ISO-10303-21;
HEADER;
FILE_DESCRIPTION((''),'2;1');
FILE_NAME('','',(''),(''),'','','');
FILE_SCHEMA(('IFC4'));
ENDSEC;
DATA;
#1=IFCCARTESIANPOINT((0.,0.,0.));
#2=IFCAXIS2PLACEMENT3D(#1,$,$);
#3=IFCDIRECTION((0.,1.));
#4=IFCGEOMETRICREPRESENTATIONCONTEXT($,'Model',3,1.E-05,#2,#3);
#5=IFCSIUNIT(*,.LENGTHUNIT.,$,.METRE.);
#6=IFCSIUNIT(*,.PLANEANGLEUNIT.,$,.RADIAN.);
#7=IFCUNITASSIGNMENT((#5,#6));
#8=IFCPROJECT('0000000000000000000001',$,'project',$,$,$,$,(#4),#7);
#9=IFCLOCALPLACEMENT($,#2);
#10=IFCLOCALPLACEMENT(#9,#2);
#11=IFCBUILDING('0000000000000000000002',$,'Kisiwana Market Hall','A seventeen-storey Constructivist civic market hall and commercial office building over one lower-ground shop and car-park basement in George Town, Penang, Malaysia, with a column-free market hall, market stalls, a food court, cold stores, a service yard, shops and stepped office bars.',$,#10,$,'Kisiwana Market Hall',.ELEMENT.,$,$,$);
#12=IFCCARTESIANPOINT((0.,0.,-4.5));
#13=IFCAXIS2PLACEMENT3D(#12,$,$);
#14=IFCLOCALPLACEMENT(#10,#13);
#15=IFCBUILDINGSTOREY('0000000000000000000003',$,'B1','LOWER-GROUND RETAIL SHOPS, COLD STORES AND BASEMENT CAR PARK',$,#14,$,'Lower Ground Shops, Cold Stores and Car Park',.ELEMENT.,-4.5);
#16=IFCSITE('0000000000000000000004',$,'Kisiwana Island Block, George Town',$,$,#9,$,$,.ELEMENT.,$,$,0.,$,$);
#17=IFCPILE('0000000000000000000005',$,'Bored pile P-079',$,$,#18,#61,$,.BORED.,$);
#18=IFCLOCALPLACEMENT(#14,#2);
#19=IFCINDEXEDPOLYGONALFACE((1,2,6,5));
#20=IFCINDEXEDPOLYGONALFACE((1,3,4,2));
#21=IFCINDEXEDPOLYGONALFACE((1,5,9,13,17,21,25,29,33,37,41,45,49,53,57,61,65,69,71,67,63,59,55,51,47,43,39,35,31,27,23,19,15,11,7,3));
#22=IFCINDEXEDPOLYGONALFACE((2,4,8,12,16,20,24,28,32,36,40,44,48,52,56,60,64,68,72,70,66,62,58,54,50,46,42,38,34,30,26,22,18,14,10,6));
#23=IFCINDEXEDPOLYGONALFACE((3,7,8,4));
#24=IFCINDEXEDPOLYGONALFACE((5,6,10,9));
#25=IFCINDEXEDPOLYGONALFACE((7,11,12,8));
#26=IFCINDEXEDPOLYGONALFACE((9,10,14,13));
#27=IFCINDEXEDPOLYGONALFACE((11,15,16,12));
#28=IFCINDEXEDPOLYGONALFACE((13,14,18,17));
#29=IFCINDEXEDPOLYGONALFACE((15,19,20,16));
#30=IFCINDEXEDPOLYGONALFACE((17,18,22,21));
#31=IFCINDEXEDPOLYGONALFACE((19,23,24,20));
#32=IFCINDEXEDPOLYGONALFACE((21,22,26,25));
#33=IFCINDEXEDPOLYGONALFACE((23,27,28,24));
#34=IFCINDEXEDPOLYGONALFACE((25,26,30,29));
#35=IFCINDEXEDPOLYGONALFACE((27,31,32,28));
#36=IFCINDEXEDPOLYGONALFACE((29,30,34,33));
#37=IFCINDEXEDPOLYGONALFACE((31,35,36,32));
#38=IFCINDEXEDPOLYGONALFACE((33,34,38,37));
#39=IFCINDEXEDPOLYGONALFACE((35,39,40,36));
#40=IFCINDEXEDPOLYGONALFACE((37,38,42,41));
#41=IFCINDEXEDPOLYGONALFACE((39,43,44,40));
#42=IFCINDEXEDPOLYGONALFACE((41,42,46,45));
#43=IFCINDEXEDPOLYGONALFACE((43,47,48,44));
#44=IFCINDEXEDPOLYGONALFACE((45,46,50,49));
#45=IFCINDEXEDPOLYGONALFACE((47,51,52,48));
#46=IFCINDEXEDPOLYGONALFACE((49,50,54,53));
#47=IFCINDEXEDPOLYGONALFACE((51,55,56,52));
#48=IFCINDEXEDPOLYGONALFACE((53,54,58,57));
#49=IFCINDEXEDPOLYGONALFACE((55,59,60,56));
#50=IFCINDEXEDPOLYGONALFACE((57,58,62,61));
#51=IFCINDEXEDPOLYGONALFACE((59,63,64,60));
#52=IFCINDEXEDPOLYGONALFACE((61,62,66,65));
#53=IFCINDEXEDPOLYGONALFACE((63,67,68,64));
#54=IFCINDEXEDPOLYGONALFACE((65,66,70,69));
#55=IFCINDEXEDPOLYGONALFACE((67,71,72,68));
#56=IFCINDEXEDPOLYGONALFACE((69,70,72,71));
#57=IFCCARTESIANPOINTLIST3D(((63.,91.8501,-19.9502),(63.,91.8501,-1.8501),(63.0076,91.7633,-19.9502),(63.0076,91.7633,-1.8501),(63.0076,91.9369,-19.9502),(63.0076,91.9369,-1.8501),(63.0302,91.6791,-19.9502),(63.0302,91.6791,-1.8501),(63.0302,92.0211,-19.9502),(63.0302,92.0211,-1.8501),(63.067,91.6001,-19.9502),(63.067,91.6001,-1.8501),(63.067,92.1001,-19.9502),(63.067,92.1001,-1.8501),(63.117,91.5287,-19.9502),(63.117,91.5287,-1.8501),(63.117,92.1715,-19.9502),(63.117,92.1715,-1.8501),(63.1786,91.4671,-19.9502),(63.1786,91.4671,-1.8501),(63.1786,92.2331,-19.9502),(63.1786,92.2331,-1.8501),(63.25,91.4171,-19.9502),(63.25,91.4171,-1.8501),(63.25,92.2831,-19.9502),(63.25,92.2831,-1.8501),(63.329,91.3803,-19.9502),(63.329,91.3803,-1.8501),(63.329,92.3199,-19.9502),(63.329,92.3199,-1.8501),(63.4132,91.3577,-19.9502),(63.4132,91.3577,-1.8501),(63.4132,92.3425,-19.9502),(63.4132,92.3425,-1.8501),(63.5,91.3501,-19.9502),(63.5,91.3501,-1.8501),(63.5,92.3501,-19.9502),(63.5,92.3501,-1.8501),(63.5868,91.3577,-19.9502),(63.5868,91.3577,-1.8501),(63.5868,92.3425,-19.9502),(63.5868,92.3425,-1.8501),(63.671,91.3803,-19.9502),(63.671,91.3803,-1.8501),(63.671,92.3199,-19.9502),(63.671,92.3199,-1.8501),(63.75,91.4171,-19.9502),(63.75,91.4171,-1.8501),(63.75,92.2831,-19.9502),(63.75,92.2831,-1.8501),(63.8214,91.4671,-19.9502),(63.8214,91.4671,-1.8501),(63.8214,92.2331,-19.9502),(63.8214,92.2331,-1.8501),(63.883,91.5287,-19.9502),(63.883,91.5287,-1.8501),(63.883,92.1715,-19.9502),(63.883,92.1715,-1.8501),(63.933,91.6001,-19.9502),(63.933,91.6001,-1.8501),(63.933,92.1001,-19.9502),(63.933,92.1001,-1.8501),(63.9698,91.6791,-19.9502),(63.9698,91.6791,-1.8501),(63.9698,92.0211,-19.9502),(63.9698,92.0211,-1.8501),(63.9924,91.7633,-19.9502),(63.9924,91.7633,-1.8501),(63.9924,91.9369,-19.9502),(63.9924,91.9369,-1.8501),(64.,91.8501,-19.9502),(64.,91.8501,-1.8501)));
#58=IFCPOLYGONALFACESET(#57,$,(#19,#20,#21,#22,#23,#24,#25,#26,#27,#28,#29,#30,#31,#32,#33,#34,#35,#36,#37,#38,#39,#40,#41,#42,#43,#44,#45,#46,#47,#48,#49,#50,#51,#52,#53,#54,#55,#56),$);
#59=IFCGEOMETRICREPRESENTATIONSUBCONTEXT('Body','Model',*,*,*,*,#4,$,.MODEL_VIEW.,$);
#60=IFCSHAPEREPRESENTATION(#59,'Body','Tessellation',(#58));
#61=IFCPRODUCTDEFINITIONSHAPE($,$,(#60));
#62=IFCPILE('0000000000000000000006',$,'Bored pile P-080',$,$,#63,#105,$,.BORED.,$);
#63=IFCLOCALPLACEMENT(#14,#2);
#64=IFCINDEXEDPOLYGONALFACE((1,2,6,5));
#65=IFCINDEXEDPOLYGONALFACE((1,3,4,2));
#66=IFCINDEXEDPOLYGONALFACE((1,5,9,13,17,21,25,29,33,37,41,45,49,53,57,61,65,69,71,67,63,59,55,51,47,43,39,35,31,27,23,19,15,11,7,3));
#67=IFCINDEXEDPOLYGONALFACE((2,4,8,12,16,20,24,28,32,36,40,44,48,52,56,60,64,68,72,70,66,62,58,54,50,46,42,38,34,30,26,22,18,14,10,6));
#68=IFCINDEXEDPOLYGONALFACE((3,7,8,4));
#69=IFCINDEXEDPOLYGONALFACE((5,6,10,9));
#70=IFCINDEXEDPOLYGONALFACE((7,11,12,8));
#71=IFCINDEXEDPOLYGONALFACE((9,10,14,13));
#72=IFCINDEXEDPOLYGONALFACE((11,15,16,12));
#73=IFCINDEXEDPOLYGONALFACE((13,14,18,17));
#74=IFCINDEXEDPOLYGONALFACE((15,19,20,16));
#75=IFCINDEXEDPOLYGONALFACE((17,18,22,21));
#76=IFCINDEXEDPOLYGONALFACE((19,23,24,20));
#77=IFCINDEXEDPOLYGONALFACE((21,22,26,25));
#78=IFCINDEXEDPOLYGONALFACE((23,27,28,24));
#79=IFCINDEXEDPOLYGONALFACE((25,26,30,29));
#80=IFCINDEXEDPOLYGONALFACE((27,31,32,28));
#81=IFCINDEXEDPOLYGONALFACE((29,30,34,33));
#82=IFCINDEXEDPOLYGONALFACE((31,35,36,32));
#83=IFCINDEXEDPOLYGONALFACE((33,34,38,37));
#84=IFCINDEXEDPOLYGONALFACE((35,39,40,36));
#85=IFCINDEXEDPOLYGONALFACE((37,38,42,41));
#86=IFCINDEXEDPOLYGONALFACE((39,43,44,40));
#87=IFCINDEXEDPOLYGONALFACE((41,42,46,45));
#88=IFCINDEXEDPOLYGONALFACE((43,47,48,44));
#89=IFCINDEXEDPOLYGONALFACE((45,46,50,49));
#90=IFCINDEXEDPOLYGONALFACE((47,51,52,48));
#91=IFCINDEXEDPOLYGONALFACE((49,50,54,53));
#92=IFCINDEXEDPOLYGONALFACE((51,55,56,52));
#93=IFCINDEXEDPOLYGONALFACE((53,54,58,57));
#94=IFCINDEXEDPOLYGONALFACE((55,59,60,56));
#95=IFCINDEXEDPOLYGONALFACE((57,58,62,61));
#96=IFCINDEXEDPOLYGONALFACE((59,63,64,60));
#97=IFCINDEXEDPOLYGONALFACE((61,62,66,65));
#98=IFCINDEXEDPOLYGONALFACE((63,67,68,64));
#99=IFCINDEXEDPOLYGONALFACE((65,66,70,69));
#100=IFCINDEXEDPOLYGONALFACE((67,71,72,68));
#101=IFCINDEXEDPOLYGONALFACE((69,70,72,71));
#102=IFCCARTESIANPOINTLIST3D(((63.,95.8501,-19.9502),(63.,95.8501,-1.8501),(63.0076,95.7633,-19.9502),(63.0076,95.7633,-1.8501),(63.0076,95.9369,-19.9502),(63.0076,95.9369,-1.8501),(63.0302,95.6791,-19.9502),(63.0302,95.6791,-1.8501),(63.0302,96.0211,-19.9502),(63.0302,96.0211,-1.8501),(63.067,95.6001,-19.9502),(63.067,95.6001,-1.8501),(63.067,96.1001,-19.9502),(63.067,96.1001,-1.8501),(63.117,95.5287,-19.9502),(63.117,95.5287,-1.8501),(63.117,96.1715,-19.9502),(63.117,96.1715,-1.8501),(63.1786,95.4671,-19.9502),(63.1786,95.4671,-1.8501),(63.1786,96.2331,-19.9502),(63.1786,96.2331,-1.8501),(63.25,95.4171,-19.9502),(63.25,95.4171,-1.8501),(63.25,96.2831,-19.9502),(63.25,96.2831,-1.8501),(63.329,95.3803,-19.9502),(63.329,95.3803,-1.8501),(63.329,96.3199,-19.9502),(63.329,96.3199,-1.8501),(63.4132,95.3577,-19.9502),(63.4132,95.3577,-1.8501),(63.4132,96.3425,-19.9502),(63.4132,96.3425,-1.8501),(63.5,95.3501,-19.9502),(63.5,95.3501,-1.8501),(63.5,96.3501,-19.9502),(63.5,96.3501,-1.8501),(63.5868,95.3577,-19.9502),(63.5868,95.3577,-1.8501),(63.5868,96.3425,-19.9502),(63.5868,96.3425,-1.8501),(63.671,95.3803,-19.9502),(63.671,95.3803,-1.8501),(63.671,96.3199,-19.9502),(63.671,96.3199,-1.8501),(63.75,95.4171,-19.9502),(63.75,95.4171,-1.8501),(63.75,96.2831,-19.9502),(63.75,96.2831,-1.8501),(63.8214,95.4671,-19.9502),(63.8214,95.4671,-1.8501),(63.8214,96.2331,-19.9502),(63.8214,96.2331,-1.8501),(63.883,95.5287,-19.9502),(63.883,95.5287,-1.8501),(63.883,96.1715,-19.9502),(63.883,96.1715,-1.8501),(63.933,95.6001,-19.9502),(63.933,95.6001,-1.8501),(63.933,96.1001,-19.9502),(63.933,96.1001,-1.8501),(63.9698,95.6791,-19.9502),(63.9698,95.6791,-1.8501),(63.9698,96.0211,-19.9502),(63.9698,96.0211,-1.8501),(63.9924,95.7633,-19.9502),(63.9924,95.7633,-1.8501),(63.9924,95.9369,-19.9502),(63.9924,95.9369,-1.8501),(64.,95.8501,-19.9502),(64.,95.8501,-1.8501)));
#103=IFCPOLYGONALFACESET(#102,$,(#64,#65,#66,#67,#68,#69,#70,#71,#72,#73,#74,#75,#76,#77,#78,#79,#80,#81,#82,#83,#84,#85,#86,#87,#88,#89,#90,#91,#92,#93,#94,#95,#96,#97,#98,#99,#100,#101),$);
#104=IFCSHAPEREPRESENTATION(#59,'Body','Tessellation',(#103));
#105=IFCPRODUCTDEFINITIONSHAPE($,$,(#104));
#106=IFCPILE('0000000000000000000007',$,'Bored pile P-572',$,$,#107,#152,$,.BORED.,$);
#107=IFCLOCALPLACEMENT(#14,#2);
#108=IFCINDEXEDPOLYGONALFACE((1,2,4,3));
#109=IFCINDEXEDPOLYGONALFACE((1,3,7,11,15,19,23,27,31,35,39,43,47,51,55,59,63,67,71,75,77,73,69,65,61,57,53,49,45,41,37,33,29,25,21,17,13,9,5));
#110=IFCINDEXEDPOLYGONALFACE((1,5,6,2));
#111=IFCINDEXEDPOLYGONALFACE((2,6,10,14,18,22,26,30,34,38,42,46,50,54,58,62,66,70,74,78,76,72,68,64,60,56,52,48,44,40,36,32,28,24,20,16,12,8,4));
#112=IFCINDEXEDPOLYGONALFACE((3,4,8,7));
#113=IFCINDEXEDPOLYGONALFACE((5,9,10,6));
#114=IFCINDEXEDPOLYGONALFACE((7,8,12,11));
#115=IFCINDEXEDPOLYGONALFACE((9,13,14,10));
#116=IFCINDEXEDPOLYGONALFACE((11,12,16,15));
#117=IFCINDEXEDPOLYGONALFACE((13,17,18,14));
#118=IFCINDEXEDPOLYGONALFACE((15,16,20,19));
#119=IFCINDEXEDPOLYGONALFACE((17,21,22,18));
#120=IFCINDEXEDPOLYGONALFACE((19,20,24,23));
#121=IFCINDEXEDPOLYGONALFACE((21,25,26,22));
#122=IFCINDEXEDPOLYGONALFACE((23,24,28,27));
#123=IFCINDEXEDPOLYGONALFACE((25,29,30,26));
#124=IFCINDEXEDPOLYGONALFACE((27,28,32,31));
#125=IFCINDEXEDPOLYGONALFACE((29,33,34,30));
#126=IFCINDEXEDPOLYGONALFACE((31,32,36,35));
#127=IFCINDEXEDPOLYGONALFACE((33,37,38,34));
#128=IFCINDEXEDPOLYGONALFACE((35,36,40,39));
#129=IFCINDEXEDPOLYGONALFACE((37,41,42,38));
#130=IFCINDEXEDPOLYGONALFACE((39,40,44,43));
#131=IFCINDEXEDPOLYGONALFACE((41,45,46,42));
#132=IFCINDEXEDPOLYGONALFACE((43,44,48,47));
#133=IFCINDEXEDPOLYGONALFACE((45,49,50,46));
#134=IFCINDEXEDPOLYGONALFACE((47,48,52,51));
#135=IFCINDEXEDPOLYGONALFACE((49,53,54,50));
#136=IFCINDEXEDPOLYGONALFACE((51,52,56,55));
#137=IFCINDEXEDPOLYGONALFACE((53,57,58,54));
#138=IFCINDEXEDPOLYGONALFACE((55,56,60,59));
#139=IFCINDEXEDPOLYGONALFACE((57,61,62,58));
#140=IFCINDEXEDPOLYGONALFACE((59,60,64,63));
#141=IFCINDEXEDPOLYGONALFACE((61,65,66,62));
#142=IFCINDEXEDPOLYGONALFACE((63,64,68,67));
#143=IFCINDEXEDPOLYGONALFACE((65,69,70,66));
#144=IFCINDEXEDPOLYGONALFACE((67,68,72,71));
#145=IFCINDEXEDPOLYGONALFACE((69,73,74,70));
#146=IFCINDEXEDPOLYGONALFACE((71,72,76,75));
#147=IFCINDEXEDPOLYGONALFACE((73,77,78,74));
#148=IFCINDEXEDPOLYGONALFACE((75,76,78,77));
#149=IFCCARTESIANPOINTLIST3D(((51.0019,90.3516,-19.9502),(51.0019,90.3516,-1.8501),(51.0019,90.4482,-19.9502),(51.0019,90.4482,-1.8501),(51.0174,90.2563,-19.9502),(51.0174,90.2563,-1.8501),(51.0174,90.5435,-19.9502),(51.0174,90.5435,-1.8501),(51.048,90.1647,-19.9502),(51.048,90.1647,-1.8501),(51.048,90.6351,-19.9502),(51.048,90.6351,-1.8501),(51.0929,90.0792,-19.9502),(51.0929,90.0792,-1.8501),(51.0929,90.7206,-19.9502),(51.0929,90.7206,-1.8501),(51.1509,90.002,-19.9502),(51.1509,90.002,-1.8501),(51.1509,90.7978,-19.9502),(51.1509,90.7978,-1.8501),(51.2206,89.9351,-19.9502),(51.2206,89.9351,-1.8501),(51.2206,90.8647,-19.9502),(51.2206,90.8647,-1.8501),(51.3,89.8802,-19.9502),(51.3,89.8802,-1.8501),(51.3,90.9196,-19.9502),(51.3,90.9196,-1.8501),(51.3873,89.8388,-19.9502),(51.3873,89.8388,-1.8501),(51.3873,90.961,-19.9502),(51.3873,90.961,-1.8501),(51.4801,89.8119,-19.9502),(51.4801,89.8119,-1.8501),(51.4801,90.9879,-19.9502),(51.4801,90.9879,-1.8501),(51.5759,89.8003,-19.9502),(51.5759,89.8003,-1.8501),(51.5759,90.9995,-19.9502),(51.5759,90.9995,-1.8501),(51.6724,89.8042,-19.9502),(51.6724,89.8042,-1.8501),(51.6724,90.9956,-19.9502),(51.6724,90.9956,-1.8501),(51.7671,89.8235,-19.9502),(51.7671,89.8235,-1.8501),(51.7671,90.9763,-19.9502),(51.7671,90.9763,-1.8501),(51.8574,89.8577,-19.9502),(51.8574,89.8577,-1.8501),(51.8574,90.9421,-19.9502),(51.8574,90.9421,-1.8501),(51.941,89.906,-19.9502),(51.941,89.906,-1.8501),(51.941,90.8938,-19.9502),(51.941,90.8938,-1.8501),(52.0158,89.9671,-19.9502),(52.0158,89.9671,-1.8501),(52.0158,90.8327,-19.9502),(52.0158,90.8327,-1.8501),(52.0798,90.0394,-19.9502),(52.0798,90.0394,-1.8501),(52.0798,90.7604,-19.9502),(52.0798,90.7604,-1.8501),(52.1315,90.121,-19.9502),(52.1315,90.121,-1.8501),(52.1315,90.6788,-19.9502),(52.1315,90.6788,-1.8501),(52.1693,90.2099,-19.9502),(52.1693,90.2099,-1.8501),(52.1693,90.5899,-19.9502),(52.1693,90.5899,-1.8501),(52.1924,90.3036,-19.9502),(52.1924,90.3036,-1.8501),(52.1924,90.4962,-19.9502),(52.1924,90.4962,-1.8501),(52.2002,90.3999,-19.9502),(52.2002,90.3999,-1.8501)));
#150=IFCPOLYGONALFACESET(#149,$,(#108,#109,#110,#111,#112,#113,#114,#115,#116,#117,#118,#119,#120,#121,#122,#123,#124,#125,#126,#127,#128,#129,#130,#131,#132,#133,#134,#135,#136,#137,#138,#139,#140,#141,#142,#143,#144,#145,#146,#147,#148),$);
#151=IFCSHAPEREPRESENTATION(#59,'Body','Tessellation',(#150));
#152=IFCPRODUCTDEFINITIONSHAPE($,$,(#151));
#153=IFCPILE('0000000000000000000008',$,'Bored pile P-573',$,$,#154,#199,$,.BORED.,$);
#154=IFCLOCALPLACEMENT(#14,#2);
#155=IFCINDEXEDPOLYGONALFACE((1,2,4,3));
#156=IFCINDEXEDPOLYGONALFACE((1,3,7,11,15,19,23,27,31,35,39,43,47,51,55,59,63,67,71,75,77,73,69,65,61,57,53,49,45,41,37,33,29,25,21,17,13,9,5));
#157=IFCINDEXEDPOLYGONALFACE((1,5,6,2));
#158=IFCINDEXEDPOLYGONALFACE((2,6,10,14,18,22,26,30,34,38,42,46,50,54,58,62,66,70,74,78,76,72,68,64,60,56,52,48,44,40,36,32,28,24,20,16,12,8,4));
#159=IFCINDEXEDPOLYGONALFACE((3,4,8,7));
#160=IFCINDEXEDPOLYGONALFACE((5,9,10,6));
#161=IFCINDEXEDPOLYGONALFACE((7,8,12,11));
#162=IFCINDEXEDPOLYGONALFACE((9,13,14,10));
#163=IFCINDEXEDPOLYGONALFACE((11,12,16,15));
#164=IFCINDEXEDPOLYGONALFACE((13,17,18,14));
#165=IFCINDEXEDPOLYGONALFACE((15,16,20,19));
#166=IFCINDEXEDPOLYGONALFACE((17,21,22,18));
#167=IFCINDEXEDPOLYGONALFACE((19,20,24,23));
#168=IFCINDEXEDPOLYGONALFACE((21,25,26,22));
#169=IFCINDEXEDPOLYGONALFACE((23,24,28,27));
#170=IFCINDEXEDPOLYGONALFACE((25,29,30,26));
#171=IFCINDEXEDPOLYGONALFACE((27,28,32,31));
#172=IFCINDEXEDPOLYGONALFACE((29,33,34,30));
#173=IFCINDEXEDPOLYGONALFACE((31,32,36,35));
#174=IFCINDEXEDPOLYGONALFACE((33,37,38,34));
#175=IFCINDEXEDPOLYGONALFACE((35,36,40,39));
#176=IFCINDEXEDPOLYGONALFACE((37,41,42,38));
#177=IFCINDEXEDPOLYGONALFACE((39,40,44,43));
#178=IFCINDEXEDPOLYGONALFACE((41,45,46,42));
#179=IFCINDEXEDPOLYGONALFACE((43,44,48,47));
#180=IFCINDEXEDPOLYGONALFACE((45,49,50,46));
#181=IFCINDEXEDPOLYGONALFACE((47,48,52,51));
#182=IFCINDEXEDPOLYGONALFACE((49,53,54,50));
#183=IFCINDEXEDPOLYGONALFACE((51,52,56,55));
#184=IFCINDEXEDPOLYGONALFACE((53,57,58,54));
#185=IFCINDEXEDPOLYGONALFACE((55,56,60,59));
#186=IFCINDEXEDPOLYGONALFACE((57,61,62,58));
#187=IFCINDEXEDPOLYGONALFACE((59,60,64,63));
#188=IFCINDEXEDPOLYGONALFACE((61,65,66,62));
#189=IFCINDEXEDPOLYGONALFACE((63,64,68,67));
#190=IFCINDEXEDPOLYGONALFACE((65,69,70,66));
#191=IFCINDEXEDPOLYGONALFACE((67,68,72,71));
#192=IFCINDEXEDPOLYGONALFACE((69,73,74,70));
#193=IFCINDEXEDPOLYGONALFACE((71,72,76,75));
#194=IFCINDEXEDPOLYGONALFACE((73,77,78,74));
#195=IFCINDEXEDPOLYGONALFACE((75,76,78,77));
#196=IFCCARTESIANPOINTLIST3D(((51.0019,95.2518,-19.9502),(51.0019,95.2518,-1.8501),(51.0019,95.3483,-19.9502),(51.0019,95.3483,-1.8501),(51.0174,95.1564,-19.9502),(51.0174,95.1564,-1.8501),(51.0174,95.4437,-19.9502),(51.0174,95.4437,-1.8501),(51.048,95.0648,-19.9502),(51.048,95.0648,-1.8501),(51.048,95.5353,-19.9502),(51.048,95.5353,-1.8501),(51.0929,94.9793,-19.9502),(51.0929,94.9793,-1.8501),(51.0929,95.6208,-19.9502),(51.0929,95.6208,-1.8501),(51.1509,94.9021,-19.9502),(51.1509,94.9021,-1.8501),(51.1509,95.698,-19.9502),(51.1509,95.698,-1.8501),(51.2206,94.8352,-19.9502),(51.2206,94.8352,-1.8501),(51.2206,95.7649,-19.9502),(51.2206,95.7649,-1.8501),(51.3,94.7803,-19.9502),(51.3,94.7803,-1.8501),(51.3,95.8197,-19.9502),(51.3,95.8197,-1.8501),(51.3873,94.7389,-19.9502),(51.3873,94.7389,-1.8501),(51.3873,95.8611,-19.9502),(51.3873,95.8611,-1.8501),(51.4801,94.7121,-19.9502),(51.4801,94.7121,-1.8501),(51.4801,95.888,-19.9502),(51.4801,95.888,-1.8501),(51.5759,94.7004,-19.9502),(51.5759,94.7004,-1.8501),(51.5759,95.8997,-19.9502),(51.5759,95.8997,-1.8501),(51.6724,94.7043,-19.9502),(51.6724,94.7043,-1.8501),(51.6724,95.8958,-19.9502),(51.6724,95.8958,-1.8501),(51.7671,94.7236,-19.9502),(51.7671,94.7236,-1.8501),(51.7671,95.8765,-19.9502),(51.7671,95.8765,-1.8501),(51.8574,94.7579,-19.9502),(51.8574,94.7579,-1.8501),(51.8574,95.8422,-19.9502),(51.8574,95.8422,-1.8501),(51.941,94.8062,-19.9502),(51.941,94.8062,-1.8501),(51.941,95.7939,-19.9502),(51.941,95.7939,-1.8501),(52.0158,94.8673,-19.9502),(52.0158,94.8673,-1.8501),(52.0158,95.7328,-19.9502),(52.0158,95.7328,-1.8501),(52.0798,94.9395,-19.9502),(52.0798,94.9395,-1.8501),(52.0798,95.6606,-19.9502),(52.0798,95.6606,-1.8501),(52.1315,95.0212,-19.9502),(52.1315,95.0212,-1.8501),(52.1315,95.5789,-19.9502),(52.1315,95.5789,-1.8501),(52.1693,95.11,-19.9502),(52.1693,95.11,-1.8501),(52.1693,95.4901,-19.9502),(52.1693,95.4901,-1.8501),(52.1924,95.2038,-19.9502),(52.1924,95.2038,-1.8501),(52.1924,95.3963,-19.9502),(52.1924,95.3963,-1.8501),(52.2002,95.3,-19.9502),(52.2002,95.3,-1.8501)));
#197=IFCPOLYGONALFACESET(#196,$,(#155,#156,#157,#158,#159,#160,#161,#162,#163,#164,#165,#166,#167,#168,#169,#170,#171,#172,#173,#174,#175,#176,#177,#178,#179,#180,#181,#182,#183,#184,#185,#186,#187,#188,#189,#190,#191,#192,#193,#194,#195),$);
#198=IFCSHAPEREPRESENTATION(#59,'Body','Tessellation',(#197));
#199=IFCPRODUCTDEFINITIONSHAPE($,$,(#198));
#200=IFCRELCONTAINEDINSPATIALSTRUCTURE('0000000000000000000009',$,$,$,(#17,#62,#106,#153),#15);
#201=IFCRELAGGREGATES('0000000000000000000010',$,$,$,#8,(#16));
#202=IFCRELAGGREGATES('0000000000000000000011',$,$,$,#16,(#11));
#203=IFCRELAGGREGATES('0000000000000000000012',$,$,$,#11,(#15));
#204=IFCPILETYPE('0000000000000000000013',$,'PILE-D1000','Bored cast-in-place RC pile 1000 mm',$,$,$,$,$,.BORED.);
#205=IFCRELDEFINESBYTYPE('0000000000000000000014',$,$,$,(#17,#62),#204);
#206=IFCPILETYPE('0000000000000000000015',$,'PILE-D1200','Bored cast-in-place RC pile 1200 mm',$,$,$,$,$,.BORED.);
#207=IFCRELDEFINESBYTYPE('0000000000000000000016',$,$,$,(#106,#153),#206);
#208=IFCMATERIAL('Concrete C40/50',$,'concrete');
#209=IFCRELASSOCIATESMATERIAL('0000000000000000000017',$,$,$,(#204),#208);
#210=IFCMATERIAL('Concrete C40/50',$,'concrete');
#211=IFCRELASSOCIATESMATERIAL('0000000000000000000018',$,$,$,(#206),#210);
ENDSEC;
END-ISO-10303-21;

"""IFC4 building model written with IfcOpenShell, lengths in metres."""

from ifc_helpers import new_model, si_unit, direction, frame, origin, origin_2d, place, context, subcontext, project, spatial, circle, extrude, material, material_profile, profile_set, type_object, element, save


model = new_model("IFC4")

# Units and contexts
model_context = context("Model", 3, precision=1e-05, world=origin(), true_north=direction((0.0, 1.0)))
body_context = subcontext(model_context, "Body", "Model", "MODEL_VIEW")
ifc_project = project(units=[si_unit("LENGTHUNIT", "METRE"), si_unit("PLANEANGLEUNIT", "RADIAN")], contexts=[model_context])

# Site, building, storey
site_placement = place(None, origin())
site = spatial("IfcSite", under=ifc_project, at=site_placement, Name="Kisiwana Island Block, George Town", CompositionType="ELEMENT", RefElevation=0.0)
building_placement = place(site_placement, origin())
building = spatial("IfcBuilding", under=site, at=building_placement, Name="Kisiwana Market Hall", Description="A seventeen-storey Constructivist civic market hall and commercial office building over one lower-ground shop and car-park basement in George Town, Penang, Malaysia, with a column-free market hall, market stalls, a food court, cold stores, a service yard, shops and stepped office bars.", LongName="Kisiwana Market Hall", CompositionType="ELEMENT")
storey_placement = place(building_placement, frame((0.0, 0.0, -4.5)))
storey = spatial("IfcBuildingStorey", under=building, at=storey_placement, Name="B1", Description="LOWER-GROUND RETAIL SHOPS, COLD STORES AND BASEMENT CAR PARK", LongName="Lower Ground Shops, Cold Stores and Car Park", CompositionType="ELEMENT", Elevation=-4.5)

# Piles
ifc_material_1 = material(Name="Concrete C40/50", Category="concrete")
ifc_material_profile_1 = material_profile(ifc_material_1, circle(Radius=0.5, at=origin_2d()), Name="BP D1000")
ifc_profile_set_1 = profile_set([ifc_material_profile_1], Name="Concrete C40/50")
pile_type_1 = type_object("IfcPileType", Name="PILE-D1000", Description="Bored cast-in-place RC pile 1000 mm", PredefinedType="BORED", material=ifc_profile_set_1)
for number, where, z_axis, x_axis, name in (
    (1, (63.5, 91.8501, -1.8501), (0.0, 0.0, -1.0), (1.0, 0.0, 0.0), "Bored pile P-079"),
    (2, (63.5, 95.8501, -1.8501), (0.0, 0.0, -1.0), (1.0, 0.0, 0.0), "Bored pile P-080"),
):
    element("IfcPile", number, at=place(storey_placement, frame(where, z_axis=z_axis, x_axis=x_axis)), inside=storey, type_object=pile_type_1, Name=name, PredefinedType="BORED", context=body_context, shape_type="SweptSolid", body=[
        extrude(circle(Radius=0.5, at=origin_2d()), origin(), (0.0, 0.0, 1.0), 18.1001),
    ])
ifc_material_2 = material(Name="Concrete C40/50", Category="concrete")
ifc_material_profile_2 = material_profile(ifc_material_2, circle(Radius=0.6001, at=origin_2d()), Name="BP D1200")
ifc_profile_set_2 = profile_set([ifc_material_profile_2], Name="Concrete C40/50")
pile_type_2 = type_object("IfcPileType", Name="PILE-D1200", Description="Bored cast-in-place RC pile 1200 mm", PredefinedType="BORED", material=ifc_profile_set_2)
for number, where, z_axis, x_axis, name in (
    (3, (51.6001, 90.3999, -1.8501), (0.0, 0.0, -1.0), (1.0, 0.0, 0.0), "Bored pile P-572"),
    (4, (51.6001, 95.3, -1.8501), (0.0, 0.0, -1.0), (1.0, 0.0, 0.0), "Bored pile P-573"),
):
    element("IfcPile", number, at=place(storey_placement, frame(where, z_axis=z_axis, x_axis=x_axis)), inside=storey, type_object=pile_type_2, Name=name, PredefinedType="BORED", context=body_context, shape_type="SweptSolid", body=[
        extrude(circle(Radius=0.6001, at=origin_2d()), origin(), (0.0, 0.0, 1.0), 18.1001),
    ])

save(model, "model.ifc")
